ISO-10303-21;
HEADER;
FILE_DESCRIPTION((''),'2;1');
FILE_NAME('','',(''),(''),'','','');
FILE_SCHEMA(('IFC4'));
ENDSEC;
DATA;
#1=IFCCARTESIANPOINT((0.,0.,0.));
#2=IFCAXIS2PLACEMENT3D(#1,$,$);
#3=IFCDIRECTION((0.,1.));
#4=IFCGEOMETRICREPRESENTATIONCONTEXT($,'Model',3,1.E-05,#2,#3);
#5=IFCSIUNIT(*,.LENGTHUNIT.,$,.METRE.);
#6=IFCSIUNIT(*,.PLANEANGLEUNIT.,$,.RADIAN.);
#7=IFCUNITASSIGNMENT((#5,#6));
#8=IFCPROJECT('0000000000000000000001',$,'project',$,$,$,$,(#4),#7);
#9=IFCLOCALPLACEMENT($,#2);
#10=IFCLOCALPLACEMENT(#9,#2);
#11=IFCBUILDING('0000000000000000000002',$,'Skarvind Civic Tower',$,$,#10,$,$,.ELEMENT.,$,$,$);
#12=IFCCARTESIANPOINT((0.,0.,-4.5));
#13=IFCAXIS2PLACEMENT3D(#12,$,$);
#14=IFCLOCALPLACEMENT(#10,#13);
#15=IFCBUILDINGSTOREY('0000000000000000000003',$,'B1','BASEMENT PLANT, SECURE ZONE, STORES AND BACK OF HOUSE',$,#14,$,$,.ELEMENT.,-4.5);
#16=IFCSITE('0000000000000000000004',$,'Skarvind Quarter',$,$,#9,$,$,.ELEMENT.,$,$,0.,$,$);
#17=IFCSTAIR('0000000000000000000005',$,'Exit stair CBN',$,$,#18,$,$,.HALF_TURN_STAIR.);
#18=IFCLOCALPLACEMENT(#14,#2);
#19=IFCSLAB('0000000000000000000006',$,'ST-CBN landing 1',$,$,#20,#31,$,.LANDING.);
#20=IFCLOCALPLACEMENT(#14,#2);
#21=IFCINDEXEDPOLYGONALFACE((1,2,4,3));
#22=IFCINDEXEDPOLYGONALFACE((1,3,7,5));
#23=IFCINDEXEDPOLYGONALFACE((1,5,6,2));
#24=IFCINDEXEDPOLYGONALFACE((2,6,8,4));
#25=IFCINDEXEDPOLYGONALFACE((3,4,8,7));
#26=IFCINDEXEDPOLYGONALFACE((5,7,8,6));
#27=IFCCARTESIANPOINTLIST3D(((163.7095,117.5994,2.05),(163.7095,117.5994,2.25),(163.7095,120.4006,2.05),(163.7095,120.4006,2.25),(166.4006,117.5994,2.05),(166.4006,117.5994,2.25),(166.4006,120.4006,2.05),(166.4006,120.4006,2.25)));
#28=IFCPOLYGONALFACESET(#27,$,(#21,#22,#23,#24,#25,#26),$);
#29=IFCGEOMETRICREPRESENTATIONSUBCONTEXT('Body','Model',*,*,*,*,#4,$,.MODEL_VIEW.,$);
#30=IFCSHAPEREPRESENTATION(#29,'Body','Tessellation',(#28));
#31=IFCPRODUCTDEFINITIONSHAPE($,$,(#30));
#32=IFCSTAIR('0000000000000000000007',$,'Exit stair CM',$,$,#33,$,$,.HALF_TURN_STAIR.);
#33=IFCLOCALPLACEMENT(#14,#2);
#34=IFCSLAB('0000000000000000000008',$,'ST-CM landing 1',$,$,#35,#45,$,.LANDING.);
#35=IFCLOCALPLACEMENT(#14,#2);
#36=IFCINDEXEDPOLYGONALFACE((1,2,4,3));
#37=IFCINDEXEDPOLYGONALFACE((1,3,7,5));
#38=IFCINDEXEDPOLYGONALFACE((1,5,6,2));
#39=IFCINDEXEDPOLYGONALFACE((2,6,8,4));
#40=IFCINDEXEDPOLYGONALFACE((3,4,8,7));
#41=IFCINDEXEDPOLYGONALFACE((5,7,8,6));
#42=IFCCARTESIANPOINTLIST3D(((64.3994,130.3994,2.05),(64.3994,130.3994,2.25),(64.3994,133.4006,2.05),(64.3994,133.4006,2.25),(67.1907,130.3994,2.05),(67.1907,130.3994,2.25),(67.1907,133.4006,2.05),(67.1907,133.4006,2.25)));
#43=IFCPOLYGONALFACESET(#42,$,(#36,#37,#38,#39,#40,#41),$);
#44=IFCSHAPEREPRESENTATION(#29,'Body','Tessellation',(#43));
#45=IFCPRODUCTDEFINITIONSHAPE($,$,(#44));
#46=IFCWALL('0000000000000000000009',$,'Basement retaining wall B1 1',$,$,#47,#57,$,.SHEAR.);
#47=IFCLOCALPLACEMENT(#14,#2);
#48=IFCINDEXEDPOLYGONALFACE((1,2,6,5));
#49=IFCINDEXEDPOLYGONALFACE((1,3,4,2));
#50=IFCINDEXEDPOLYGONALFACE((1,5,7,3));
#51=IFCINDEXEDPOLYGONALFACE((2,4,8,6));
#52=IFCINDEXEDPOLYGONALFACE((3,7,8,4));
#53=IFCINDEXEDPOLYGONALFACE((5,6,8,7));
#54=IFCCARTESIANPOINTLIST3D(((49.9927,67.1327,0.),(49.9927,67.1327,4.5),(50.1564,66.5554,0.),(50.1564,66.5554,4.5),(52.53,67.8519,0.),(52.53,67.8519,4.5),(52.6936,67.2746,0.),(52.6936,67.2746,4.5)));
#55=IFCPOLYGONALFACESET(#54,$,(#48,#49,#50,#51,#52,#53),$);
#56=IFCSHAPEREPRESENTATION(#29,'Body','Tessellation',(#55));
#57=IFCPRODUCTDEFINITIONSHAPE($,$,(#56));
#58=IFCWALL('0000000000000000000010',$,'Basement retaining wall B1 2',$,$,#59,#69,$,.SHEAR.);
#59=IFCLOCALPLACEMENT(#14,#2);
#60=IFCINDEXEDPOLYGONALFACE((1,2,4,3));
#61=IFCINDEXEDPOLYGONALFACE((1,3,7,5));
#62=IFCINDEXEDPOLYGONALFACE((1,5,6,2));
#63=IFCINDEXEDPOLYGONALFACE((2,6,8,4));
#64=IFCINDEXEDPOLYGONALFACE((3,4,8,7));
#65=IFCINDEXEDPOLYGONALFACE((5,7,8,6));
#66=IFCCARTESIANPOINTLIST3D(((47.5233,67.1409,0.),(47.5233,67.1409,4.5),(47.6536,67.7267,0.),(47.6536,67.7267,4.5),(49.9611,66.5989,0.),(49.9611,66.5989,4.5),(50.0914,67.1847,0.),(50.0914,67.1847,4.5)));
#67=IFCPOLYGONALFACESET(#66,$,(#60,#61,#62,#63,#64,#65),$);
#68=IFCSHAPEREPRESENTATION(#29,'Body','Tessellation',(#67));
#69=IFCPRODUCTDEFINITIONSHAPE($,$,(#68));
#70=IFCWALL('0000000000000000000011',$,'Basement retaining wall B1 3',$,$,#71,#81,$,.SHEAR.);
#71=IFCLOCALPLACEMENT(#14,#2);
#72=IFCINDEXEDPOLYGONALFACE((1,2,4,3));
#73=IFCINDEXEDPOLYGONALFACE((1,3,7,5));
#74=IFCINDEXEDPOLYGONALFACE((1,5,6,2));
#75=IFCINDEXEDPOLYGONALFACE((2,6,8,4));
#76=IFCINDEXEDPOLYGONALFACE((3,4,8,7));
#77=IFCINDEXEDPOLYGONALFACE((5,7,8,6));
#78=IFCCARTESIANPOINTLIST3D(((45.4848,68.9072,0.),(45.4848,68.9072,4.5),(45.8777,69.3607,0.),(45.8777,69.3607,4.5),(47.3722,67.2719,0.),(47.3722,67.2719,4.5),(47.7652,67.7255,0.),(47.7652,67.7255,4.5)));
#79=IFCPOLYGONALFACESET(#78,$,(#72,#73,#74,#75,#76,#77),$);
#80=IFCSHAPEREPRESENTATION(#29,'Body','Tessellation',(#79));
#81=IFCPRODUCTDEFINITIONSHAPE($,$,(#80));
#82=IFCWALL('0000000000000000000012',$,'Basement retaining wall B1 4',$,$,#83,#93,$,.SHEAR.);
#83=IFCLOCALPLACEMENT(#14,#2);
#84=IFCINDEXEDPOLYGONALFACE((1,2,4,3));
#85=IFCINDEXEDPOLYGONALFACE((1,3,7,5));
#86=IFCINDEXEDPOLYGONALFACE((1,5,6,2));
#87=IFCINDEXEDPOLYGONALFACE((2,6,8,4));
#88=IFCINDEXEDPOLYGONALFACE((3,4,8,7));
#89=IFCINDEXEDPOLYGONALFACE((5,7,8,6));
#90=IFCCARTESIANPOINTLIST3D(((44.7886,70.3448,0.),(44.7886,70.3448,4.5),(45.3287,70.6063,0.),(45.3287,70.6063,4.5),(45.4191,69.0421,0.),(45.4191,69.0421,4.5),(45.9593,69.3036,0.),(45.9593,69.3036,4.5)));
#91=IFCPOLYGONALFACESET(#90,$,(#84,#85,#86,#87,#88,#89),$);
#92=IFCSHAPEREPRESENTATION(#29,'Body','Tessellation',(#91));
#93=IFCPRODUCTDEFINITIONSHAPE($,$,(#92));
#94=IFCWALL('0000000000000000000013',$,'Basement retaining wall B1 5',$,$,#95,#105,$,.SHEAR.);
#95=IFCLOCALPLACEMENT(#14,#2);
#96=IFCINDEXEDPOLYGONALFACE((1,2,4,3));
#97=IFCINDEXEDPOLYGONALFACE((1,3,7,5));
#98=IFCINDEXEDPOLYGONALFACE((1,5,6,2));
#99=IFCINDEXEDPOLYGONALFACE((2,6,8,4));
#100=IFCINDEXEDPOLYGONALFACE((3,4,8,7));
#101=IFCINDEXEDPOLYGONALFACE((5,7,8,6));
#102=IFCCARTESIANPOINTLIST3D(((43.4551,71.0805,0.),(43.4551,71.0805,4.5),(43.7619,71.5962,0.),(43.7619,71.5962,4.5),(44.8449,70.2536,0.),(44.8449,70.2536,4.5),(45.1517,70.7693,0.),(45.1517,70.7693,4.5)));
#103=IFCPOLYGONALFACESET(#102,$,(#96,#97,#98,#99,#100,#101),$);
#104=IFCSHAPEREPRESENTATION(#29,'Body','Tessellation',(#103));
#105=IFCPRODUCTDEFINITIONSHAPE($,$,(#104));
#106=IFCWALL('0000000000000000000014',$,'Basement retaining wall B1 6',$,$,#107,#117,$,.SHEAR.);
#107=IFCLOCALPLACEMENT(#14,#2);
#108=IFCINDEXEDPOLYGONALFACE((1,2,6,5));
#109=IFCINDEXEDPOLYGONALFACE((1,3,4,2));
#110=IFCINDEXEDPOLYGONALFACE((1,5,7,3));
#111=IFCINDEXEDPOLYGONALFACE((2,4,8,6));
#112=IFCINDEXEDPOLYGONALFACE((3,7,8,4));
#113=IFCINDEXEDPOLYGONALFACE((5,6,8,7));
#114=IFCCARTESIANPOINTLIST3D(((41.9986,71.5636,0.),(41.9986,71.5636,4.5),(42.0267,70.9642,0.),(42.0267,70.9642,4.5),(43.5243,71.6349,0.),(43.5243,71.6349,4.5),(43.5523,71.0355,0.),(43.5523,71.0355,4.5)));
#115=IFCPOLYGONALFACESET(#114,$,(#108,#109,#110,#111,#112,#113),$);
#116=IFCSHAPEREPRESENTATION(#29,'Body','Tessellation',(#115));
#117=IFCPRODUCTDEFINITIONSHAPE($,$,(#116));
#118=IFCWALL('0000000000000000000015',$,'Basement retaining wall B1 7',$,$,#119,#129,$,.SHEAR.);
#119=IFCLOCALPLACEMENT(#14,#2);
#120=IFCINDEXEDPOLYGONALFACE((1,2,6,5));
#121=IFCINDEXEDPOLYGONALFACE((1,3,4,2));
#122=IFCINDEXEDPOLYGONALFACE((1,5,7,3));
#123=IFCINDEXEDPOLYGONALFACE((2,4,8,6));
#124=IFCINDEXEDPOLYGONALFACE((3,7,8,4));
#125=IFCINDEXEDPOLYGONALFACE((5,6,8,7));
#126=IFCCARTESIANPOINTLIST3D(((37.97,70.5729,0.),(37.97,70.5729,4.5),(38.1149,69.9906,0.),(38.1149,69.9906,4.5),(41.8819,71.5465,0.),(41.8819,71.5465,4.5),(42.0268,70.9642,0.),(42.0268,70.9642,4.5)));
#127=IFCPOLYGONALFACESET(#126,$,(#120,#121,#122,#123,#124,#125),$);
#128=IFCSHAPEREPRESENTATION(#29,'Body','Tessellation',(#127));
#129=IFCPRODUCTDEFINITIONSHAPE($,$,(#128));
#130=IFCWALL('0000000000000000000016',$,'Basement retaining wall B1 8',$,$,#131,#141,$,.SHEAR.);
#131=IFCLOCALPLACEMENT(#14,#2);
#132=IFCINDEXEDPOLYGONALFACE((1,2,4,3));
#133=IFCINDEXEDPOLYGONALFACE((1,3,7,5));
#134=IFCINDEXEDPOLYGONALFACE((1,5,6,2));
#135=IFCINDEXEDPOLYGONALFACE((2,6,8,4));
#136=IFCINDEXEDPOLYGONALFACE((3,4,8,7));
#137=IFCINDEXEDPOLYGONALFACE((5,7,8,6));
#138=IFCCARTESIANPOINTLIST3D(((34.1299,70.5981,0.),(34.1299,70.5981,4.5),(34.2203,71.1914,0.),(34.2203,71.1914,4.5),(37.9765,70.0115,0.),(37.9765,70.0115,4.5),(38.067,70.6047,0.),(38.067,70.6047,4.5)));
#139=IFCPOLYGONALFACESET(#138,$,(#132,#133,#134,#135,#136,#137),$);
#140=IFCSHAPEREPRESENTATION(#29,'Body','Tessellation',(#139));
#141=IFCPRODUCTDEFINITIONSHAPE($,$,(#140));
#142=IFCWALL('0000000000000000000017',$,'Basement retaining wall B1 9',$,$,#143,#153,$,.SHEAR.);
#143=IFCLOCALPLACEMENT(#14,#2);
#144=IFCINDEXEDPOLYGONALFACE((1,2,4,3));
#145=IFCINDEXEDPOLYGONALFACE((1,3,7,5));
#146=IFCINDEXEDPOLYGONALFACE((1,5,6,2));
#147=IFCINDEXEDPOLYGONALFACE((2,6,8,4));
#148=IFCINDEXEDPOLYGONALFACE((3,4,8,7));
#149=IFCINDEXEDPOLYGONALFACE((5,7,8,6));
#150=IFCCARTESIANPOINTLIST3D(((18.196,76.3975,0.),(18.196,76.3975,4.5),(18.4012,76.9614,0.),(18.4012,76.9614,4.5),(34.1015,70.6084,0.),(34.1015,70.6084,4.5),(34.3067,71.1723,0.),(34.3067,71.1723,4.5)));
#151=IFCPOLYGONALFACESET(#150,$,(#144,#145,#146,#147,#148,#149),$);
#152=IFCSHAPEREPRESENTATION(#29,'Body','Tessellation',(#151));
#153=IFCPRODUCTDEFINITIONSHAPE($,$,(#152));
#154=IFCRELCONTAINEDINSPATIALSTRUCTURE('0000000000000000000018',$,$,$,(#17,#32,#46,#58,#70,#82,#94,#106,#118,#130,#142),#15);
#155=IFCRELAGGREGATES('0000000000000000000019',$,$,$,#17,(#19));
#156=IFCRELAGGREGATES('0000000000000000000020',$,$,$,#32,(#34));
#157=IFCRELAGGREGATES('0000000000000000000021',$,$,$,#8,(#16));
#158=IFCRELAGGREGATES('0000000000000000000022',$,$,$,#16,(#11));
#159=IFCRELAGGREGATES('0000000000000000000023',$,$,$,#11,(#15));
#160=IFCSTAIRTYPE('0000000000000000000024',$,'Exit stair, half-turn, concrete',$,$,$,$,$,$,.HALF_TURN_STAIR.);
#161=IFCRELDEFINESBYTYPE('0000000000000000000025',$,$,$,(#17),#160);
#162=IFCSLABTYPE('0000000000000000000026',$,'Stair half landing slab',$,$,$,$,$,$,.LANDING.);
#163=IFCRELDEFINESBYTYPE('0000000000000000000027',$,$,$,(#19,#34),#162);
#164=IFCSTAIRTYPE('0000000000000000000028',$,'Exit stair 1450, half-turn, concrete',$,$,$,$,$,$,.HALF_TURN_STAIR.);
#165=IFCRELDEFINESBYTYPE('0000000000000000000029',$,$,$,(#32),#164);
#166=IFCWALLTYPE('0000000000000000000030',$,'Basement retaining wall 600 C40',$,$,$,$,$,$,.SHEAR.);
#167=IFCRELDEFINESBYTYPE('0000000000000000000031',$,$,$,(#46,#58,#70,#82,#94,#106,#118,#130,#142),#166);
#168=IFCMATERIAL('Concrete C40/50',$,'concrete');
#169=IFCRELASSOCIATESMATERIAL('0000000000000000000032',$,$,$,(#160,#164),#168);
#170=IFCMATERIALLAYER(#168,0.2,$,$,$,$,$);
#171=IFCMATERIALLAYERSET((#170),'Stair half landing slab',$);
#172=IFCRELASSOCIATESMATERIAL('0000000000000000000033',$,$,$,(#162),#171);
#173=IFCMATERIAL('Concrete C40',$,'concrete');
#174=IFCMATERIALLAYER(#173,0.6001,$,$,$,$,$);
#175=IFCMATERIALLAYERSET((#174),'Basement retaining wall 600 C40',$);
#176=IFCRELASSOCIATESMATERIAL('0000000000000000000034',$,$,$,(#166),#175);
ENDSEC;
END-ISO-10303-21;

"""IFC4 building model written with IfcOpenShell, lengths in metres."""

from ifc_helpers import new_model, si_unit, direction, frame, frame_2d, origin, place, context, subcontext, project, spatial, polyline, rectangle, outline, extrude, material, layer, layer_set, type_object, element, aggregate, save


model = new_model("IFC4")

# Units and contexts
model_context = context("Model", 3, precision=1e-05, world=origin(), true_north=direction((0.0, 1.0)))
body_context = subcontext(model_context, "Body", "Model", "MODEL_VIEW")
ifc_project = project(units=[si_unit("LENGTHUNIT", "METRE"), si_unit("PLANEANGLEUNIT", "RADIAN")], contexts=[model_context])

# Site, building, storey
site_placement = place(None, origin())
site = spatial("IfcSite", under=ifc_project, at=site_placement, Name="Skarvind Quarter", CompositionType="ELEMENT", RefElevation=0.0)
building_placement = place(site_placement, origin())
building = spatial("IfcBuilding", under=site, at=building_placement, Name="Skarvind Civic Tower", CompositionType="ELEMENT")
storey_placement = place(building_placement, frame((0.0, 0.0, -4.5)))
storey = spatial("IfcBuildingStorey", under=building, at=storey_placement, Name="B1", Description="BASEMENT PLANT, SECURE ZONE, STORES AND BACK OF HOUSE", CompositionType="ELEMENT", Elevation=-4.5)

# Shared definitions
ifc_material_1 = material(Name="Concrete C40/50", Category="concrete")

# Stairs, slabs
stair_type_1 = type_object("IfcStairType", Name="Exit stair, half-turn, concrete", PredefinedType="HALF_TURN_STAIR", material=ifc_material_1)
ifc_layer_1 = layer(ifc_material_1, 0.2)
ifc_layer_set_1 = layer_set([ifc_layer_1], Name="Stair half landing slab")
slab_type_1 = type_object("IfcSlabType", Name="Stair half landing slab", PredefinedType="LANDING", material=ifc_layer_set_1)
stair_1_placement = place(storey_placement, origin())
stair_1 = element("IfcStair", 1, at=stair_1_placement, inside=storey, type_object=stair_type_1, Name="Exit stair CBN", PredefinedType="HALF_TURN_STAIR")
slab_1_placement = place(storey_placement, frame((0.0, 0.0, 2.05)))
slab_1 = element("IfcSlab", 2, at=slab_1_placement, type_object=slab_type_1, Name="ST-CBN landing 1", PredefinedType="LANDING", context=body_context, shape_type="SweptSolid", body=[
    extrude(outline(polyline([(163.7095, 117.5994), (163.7095, 120.4006), (166.4006, 120.4006), (166.4006, 117.5994), (163.7095, 117.5994)])), origin(), (0.0, 0.0, 1.0), 0.2),
])
aggregate(stair_1, [slab_1])
stair_type_2 = type_object("IfcStairType", Name="Exit stair 1450, half-turn, concrete", PredefinedType="HALF_TURN_STAIR", material=ifc_material_1)
stair_2_placement = place(storey_placement, origin())
stair_2 = element("IfcStair", 3, at=stair_2_placement, inside=storey, type_object=stair_type_2, Name="Exit stair CM", PredefinedType="HALF_TURN_STAIR")
slab_2_placement = place(storey_placement, frame((0.0, 0.0, 2.05)))
slab_2 = element("IfcSlab", 4, at=slab_2_placement, type_object=slab_type_1, Name="ST-CM landing 1", PredefinedType="LANDING", context=body_context, shape_type="SweptSolid", body=[
    extrude(outline(polyline([(67.1907, 133.4006), (67.1907, 130.3994), (64.3994, 130.3994), (64.3994, 133.4006), (67.1907, 133.4006)])), origin(), (0.0, 0.0, 1.0), 0.2),
])
aggregate(stair_2, [slab_2])

# Walls
ifc_material_2 = material(Name="Concrete C40", Category="concrete")
ifc_layer_2 = layer(ifc_material_2, 0.6001)
ifc_layer_set_2 = layer_set([ifc_layer_2], Name="Basement retaining wall 600 C40")
wall_type = type_object("IfcWallType", Name="Basement retaining wall 600 C40", PredefinedType="SHEAR", material=ifc_layer_set_2)
wall_1_placement = place(storey_placement, frame((52.6118, 67.5632, 0.0), z_axis=(0.0, 0.0, 1.0), x_axis=(-0.962095, -0.272715, 0.0)))
element("IfcWall", 5, at=wall_1_placement, inside=storey, type_object=wall_type, Name="Basement retaining wall B1 1", PredefinedType="SHEAR", context=body_context, shape_type="SweptSolid", body=[
    extrude(rectangle(XDim=2.6372, YDim=0.6001, at=frame_2d((1.3186, 0.0))), origin(), (0.0, 0.0, 1.0), 4.5),
])
for number, where, z_axis, x_axis, name in (
    (6, (50.0261, 66.8918, 0.0), (0.0, 0.0, 1.0), (-0.976164, 0.217034, 0.0), "Basement retaining wall B1 2"),
    (7, (47.5686, 67.4988, 0.0), (0.0, 0.0, 1.0), (-0.755796, 0.654808, 0.0), "Basement retaining wall B1 3"),
):
    element("IfcWall", number, at=place(storey_placement, frame(where, z_axis=z_axis, x_axis=x_axis)), inside=storey, type_object=wall_type, Name=name, PredefinedType="SHEAR", context=body_context, shape_type="SweptSolid", body=[
        extrude(rectangle(XDim=2.4973, YDim=0.6001, at=frame_2d((1.2485, 0.0))), origin(), (0.0, 0.0, 1.0), 4.5),
    ])
wall_2_placement = place(storey_placement, frame((45.6892, 69.1729, 0.0), z_axis=(0.0, 0.0, 1.0), x_axis=(-0.435706, 0.900089, 0.0)))
element("IfcWall", 8, at=wall_2_placement, inside=storey, type_object=wall_type, Name="Basement retaining wall B1 4", PredefinedType="SHEAR", context=body_context, shape_type="SweptSolid", body=[
    extrude(rectangle(XDim=1.4473, YDim=0.6001, at=frame_2d((0.7236, 0.0))), origin(), (0.0, 0.0, 1.0), 4.5),
])
wall_3_placement = place(storey_placement, frame((44.9983, 70.5115, 0.0), z_axis=(0.0, 0.0, 1.0), x_axis=(-0.859405, 0.511295, 0.0)))
element("IfcWall", 9, at=wall_3_placement, inside=storey, type_object=wall_type, Name="Basement retaining wall B1 5", PredefinedType="SHEAR", context=body_context, shape_type="SweptSolid", body=[
    extrude(rectangle(XDim=1.6172, YDim=0.6001, at=frame_2d((0.8086, 0.0))), origin(), (0.0, 0.0, 1.0), 4.5),
])
wall_4_placement = place(storey_placement, frame((43.5383, 71.3352, 0.0), z_axis=(0.0, 0.0, 1.0), x_axis=(-0.99891, -0.046677, 0.0)))
element("IfcWall", 10, at=wall_4_placement, inside=storey, type_object=wall_type, Name="Basement retaining wall B1 6", PredefinedType="SHEAR", context=body_context, shape_type="SweptSolid", body=[
    extrude(rectangle(XDim=1.5273, YDim=0.6001, at=frame_2d((0.7637, 0.0))), origin(), (0.0, 0.0, 1.0), 4.5),
])
wall_5_placement = place(storey_placement, frame((41.9543, 71.2554, 0.0), z_axis=(0.0, 0.0, 1.0), x_axis=(-0.970395, -0.241524, 0.0)))
element("IfcWall", 11, at=wall_5_placement, inside=storey, type_object=wall_type, Name="Basement retaining wall B1 7", PredefinedType="SHEAR", context=body_context, shape_type="SweptSolid", body=[
    extrude(rectangle(XDim=4.0312, YDim=0.6001, at=frame_2d((2.0156, 0.0))), origin(), (0.0, 0.0, 1.0), 4.5),
])
wall_6_placement = place(storey_placement, frame((38.0217, 70.3081, 0.0), z_axis=(0.0, 0.0, 1.0), x_axis=(-0.988569, 0.15077, 0.0)))
element("IfcWall", 12, at=wall_6_placement, inside=storey, type_object=wall_type, Name="Basement retaining wall B1 8", PredefinedType="SHEAR", context=body_context, shape_type="SweptSolid", body=[
    extrude(rectangle(XDim=3.8911, YDim=0.6001, at=frame_2d((1.9456, 0.0))), origin(), (0.0, 0.0, 1.0), 4.5),
])
wall_7_placement = place(storey_placement, frame((34.2041, 70.8904, 0.0), z_axis=(0.0, 0.0, 1.0), x_axis=(-0.939694, 0.342016, 0.0)))
element("IfcWall", 13, at=wall_7_placement, inside=storey, type_object=wall_type, Name="Basement retaining wall B1 9", PredefinedType="SHEAR", context=body_context, shape_type="SweptSolid", body=[
    extrude(rectangle(XDim=16.9263, YDim=0.6001, at=frame_2d((8.4631, 0.0))), origin(), (0.0, 0.0, 1.0), 4.5),
])

save(model, "model.ifc")
